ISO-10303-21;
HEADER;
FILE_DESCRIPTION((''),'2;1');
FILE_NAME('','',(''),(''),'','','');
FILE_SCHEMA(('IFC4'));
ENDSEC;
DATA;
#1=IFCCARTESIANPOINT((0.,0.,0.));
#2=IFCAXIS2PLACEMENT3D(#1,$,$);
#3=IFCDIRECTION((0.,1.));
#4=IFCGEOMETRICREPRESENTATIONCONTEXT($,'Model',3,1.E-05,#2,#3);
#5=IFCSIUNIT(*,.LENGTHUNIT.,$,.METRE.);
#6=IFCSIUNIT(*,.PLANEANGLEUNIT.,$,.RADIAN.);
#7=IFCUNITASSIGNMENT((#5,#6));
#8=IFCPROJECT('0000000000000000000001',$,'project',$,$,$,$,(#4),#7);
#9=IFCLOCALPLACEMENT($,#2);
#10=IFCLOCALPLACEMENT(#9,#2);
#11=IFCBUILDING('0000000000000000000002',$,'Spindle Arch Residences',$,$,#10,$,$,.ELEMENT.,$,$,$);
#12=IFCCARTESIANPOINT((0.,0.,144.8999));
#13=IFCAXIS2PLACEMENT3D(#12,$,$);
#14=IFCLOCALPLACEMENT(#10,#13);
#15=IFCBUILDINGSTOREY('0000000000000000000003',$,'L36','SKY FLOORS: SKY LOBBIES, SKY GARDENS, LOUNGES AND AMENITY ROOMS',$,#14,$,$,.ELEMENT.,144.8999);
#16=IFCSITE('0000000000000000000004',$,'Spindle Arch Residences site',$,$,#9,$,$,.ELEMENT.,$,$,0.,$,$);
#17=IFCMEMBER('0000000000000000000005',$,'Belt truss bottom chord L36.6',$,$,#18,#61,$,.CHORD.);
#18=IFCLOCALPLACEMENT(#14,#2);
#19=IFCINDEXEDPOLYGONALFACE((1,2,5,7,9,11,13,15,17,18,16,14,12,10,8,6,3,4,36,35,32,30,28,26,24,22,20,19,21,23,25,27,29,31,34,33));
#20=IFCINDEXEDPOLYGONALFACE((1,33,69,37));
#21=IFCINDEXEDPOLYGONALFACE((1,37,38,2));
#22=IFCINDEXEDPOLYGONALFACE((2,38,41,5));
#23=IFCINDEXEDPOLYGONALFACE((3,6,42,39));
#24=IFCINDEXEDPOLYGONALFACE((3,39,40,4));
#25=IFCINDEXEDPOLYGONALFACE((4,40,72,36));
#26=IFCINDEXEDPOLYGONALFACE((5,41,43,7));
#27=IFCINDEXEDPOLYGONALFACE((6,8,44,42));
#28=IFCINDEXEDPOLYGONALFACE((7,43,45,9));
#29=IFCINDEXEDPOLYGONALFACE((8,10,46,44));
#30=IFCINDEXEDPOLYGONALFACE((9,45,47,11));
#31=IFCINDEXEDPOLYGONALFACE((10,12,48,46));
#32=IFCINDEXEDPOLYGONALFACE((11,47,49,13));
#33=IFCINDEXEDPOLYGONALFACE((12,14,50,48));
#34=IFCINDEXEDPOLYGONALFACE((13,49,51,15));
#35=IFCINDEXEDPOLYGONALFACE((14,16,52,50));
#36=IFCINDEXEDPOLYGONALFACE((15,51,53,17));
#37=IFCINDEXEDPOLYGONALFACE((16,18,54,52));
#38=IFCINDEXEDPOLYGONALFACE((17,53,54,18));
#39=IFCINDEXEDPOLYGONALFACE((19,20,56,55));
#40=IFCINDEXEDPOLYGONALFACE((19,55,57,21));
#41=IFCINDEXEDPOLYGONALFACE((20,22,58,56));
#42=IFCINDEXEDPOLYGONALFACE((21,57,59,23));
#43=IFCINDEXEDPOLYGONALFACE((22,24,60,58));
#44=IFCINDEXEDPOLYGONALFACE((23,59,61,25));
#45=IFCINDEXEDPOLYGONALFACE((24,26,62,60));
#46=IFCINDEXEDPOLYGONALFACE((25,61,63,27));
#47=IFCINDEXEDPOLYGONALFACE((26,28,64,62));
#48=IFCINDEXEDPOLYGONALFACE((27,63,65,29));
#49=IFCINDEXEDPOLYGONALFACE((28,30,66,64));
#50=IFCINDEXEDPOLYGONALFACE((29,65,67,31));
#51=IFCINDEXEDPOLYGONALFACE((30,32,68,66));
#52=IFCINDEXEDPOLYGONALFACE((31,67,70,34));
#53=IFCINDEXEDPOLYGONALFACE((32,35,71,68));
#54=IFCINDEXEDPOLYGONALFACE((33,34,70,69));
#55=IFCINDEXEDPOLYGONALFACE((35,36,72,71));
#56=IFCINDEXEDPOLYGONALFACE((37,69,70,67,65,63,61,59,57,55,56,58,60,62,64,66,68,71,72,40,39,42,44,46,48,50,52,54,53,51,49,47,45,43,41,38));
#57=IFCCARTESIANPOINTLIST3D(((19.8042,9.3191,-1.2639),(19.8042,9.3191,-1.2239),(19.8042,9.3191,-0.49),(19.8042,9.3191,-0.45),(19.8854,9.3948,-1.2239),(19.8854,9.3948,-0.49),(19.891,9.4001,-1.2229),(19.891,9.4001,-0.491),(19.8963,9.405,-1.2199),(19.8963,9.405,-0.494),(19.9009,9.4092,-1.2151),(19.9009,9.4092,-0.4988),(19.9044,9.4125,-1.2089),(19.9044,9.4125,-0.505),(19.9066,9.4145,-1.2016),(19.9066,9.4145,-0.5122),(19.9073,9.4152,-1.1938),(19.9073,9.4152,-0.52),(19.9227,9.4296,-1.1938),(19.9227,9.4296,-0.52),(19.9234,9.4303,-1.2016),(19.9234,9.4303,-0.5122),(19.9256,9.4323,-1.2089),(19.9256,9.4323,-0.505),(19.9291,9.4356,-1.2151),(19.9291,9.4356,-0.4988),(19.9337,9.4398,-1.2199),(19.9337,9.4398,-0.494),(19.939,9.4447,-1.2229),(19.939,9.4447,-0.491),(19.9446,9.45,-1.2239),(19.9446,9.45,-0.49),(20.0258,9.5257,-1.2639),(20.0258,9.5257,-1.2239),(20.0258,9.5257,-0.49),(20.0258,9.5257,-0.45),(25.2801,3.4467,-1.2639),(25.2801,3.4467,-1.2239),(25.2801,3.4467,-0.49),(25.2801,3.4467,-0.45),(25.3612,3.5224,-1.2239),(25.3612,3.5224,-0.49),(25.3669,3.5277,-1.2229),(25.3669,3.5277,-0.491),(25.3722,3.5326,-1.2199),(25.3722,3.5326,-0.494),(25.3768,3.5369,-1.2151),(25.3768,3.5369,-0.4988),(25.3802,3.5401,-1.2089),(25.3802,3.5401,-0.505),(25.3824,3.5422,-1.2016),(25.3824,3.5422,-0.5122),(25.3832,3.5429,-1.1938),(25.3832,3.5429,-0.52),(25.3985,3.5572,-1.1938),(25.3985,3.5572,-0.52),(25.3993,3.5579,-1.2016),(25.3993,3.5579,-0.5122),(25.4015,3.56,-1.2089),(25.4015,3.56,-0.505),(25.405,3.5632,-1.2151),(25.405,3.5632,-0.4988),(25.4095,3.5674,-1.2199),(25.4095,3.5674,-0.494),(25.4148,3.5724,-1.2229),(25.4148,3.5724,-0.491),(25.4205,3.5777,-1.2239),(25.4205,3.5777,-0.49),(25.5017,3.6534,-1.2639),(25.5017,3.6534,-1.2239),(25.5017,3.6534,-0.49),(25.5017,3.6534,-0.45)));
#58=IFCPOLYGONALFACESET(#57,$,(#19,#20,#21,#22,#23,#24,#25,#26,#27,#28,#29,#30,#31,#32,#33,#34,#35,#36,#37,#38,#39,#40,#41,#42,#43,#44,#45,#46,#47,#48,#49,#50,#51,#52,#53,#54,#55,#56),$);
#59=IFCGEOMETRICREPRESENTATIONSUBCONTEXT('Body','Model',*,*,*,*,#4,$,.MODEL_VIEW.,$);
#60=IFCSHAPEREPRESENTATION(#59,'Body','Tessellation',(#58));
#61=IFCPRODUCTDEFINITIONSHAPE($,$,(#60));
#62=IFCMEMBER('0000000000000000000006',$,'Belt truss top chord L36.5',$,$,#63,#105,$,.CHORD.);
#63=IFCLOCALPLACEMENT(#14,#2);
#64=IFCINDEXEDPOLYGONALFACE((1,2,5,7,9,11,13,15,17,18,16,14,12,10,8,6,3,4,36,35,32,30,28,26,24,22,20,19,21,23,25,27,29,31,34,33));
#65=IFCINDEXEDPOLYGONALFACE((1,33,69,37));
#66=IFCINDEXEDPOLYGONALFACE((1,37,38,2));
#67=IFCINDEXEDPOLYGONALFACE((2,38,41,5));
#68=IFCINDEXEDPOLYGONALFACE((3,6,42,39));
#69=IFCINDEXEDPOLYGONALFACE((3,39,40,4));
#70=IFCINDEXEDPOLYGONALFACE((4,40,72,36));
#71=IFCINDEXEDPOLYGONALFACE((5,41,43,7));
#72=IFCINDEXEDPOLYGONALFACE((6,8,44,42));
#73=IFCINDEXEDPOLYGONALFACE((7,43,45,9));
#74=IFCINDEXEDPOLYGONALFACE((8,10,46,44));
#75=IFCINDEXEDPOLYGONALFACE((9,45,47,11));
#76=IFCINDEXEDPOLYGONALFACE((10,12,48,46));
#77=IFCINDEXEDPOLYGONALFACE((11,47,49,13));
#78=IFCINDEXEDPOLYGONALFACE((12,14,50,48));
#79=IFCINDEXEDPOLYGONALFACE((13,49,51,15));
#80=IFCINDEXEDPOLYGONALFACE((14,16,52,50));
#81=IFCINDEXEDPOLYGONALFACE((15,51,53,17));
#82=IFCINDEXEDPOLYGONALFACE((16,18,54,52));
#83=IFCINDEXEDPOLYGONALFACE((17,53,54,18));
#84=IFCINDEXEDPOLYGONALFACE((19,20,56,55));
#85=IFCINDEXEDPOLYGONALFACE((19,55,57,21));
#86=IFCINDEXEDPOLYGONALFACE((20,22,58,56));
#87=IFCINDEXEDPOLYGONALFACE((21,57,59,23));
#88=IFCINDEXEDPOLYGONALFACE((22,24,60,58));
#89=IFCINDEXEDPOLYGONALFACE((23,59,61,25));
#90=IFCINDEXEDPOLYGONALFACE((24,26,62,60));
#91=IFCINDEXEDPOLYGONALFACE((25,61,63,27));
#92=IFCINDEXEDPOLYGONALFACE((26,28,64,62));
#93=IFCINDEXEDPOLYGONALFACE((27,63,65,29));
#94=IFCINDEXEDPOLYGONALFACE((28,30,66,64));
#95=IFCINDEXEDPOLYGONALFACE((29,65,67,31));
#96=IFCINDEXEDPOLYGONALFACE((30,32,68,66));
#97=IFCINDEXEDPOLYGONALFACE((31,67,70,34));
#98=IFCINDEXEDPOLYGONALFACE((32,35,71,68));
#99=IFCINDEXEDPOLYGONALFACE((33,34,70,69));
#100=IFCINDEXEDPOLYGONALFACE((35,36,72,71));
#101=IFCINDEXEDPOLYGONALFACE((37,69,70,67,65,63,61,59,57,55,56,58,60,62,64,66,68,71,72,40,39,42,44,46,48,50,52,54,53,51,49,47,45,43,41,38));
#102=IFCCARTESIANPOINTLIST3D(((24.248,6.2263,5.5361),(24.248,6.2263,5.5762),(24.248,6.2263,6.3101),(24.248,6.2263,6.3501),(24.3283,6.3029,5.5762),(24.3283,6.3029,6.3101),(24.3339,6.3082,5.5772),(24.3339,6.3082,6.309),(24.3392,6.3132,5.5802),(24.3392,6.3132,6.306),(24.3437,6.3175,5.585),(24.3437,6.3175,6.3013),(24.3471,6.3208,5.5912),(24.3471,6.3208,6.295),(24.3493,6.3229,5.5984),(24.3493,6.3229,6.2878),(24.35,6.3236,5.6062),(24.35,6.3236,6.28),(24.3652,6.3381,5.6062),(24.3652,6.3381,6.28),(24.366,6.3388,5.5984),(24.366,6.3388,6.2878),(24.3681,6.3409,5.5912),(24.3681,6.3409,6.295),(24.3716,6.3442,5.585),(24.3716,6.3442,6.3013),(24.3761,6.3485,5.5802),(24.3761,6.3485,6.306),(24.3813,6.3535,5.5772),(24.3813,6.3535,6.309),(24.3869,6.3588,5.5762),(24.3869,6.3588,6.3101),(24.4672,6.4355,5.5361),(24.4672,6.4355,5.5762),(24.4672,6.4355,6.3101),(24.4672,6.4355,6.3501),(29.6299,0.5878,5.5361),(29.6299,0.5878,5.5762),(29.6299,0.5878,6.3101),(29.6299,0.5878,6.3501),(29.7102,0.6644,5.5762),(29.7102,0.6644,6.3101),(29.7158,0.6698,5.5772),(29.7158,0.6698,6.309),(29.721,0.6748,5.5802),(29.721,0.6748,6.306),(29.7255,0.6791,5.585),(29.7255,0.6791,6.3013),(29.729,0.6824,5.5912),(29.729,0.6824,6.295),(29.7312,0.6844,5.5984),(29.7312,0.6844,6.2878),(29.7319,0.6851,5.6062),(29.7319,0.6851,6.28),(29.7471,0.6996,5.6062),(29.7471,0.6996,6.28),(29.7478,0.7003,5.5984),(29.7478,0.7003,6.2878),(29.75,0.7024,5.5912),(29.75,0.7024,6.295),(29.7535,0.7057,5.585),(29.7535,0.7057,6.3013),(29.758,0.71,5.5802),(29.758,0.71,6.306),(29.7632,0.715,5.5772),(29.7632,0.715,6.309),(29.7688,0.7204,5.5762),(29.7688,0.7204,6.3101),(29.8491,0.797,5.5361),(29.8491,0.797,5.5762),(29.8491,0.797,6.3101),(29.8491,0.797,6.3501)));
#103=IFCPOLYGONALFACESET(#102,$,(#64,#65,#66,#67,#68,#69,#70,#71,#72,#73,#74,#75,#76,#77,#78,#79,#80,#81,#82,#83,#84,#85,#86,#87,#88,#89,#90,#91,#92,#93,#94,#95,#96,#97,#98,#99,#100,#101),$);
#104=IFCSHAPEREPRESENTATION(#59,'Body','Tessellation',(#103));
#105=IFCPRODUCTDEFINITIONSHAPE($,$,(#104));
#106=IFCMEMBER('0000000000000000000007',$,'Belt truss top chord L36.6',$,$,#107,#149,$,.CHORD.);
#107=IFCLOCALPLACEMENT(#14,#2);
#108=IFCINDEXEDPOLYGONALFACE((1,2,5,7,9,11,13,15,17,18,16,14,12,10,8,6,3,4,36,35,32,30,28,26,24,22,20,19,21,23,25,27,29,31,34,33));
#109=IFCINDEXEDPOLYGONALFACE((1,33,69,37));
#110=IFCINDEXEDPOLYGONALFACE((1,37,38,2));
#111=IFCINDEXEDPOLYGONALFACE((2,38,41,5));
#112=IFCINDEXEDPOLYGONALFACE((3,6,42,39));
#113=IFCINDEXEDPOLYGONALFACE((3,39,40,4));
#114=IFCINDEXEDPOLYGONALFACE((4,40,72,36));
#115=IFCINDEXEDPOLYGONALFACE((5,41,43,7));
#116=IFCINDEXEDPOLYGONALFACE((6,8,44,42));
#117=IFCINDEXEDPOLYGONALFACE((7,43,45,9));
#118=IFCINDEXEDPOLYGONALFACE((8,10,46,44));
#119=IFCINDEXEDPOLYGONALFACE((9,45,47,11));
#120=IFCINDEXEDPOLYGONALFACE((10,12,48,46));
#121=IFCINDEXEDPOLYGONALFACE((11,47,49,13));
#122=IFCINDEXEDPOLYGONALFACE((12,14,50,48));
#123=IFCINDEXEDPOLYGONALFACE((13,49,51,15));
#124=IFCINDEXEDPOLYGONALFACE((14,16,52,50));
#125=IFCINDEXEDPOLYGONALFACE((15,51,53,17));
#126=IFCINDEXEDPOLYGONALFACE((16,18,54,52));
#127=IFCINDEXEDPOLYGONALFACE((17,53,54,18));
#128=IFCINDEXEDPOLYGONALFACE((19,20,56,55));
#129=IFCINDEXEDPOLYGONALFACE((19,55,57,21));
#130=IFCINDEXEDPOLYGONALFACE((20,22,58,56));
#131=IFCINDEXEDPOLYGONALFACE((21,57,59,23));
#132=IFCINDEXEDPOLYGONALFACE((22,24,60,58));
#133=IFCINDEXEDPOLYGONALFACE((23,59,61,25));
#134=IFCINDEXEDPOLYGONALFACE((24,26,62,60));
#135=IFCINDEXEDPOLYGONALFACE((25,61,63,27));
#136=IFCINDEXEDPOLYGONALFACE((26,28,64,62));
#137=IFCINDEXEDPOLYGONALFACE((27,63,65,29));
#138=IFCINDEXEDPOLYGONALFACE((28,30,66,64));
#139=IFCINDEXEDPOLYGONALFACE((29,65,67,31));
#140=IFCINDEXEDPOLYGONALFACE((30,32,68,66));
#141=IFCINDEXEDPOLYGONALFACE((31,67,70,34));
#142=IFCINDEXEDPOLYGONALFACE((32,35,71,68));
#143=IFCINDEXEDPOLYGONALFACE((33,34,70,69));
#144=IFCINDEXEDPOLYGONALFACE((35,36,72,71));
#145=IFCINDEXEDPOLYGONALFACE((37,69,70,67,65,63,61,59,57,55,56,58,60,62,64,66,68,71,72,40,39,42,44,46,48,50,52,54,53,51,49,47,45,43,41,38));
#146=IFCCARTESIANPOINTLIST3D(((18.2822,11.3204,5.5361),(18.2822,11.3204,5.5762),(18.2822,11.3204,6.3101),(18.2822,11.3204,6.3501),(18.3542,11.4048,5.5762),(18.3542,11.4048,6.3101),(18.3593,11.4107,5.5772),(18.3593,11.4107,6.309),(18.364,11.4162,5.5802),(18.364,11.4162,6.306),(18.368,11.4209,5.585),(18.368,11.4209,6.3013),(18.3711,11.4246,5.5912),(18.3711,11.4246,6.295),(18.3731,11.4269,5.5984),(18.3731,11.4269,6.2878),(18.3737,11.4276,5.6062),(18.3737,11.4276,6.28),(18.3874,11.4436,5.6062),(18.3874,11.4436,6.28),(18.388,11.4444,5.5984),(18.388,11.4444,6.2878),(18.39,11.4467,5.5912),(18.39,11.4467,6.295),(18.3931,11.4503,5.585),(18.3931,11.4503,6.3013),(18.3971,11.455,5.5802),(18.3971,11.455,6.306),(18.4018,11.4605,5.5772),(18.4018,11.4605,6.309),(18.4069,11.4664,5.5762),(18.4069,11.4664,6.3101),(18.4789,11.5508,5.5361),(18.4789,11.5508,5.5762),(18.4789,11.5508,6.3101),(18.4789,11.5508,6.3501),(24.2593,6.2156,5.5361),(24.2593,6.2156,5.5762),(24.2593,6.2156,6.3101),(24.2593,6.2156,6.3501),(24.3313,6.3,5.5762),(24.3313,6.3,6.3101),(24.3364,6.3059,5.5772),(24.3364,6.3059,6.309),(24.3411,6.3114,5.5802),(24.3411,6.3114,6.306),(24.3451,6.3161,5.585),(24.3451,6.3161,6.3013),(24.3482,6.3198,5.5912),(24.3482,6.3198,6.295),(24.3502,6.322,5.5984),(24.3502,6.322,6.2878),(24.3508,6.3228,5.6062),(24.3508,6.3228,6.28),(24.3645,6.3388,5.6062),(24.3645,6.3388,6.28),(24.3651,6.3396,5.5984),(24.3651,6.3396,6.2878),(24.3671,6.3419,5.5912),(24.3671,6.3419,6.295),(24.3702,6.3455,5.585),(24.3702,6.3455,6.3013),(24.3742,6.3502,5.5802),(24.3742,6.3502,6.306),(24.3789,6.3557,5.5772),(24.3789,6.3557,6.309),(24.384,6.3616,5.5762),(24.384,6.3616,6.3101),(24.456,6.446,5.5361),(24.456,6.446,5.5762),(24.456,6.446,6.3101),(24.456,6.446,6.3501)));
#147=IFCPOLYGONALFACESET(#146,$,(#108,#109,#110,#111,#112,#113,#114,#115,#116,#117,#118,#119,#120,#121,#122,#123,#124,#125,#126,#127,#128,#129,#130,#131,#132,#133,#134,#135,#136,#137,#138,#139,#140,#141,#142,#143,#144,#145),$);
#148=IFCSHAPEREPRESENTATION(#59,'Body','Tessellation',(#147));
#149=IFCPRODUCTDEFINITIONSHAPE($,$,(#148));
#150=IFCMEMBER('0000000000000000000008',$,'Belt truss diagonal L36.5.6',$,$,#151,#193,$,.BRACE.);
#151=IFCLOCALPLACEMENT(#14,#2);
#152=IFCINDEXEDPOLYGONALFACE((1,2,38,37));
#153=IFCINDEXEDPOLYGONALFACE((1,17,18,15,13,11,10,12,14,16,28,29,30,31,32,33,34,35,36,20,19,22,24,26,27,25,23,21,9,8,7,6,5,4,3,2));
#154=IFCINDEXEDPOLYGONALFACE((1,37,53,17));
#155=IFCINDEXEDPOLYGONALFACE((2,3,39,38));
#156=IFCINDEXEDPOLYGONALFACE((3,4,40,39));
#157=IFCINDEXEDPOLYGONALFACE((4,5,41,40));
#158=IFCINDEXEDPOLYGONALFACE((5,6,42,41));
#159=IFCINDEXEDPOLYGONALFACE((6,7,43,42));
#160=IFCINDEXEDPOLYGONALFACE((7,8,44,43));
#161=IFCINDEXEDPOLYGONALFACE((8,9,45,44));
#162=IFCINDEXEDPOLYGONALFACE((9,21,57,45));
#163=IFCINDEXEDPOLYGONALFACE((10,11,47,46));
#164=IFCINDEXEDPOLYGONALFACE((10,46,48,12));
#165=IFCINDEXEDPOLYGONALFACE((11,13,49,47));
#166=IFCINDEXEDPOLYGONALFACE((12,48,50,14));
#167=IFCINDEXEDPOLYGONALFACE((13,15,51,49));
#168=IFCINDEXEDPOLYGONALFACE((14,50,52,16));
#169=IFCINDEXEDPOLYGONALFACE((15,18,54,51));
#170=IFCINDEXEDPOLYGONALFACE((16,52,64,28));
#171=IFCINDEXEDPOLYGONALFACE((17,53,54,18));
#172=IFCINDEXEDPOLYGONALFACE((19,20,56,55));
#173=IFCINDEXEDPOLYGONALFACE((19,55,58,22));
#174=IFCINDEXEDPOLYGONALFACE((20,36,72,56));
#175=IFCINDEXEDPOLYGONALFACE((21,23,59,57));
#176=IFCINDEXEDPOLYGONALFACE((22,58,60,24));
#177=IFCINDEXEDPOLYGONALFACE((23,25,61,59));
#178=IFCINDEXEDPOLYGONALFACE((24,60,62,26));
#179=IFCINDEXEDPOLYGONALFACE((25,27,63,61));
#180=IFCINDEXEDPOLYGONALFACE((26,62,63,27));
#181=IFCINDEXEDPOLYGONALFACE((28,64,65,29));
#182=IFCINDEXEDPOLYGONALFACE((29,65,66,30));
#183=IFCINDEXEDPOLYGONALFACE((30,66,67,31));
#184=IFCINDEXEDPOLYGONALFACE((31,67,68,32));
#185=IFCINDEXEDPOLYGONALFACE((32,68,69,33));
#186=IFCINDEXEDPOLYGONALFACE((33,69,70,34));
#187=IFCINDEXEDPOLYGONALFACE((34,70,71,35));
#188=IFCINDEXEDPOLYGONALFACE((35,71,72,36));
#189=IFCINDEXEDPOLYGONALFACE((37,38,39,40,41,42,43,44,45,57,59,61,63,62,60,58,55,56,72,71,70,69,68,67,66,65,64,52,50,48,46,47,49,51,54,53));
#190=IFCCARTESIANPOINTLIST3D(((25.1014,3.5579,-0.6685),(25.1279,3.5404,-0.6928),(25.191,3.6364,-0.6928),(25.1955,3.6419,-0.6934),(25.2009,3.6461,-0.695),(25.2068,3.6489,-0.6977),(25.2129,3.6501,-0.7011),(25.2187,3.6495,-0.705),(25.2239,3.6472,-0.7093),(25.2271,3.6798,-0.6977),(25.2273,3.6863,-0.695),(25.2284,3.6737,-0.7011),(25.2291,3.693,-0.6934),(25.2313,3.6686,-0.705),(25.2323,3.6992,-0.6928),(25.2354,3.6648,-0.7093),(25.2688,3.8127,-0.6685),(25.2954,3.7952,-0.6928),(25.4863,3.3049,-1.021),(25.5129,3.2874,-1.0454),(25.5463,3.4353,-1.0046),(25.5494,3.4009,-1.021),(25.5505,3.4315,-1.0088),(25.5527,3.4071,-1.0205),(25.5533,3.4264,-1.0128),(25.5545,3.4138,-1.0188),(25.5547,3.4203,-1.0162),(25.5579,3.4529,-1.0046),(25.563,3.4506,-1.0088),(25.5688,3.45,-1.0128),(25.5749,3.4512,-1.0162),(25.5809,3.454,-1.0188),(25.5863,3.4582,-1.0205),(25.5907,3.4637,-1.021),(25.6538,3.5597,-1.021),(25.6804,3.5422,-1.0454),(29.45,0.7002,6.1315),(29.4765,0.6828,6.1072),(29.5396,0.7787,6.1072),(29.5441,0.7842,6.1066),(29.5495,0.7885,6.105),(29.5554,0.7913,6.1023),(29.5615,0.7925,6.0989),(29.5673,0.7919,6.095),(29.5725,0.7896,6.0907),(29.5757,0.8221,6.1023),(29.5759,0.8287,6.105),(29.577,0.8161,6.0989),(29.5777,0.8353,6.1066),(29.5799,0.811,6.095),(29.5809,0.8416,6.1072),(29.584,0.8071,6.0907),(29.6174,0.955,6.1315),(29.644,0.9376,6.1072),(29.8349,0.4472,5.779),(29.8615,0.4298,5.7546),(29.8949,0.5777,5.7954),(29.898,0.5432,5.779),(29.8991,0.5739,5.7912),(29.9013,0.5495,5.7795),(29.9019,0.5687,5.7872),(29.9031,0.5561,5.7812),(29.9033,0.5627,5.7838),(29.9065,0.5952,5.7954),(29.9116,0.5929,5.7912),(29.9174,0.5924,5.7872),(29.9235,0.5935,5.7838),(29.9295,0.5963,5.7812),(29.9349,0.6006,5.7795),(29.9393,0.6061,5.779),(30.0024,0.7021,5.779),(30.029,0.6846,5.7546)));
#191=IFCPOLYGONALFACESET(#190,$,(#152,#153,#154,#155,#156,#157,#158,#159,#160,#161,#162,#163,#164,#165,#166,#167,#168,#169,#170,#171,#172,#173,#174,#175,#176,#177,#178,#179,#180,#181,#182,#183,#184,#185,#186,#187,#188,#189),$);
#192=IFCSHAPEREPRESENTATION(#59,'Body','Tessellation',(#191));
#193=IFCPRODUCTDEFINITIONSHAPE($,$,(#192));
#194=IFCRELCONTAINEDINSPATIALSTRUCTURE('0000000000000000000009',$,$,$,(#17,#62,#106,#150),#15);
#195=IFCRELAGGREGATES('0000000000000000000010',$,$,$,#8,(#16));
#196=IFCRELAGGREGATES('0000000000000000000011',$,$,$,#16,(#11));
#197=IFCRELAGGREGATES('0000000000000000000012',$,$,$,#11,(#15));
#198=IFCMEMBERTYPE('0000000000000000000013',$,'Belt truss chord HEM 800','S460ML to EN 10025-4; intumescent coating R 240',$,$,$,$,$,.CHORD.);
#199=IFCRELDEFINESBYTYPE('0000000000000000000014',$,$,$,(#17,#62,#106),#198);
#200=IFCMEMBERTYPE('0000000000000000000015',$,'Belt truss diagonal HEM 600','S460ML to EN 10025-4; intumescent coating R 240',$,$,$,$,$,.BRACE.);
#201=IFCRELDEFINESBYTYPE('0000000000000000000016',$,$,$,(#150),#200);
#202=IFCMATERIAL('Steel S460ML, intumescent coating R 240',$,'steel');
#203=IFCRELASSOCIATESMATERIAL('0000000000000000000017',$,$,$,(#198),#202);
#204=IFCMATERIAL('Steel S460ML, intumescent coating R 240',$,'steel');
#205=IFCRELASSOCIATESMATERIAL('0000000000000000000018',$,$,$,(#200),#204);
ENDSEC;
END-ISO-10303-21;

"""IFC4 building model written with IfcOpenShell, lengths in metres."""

from ifc_helpers import new_model, si_unit, direction, frame, origin, origin_2d, place, context, subcontext, project, spatial, i_section, extrude, material, material_profile, profile_set, type_object, element, save


model = new_model("IFC4")

# Units and contexts
model_context = context("Model", 3, precision=1e-05, world=origin(), true_north=direction((0.0, 1.0)))
body_context = subcontext(model_context, "Body", "Model", "MODEL_VIEW")
ifc_project = project(units=[si_unit("LENGTHUNIT", "METRE"), si_unit("PLANEANGLEUNIT", "RADIAN")], contexts=[model_context])

# Site, building, storey
site_placement = place(None, origin())
site = spatial("IfcSite", under=ifc_project, at=site_placement, Name="Spindle Arch Residences site", CompositionType="ELEMENT", RefElevation=0.0)
building_placement = place(site_placement, origin())
building = spatial("IfcBuilding", under=site, at=building_placement, Name="Spindle Arch Residences", CompositionType="ELEMENT")
storey_placement = place(building_placement, frame((0.0, 0.0, 144.8999)))
storey = spatial("IfcBuildingStorey", under=building, at=storey_placement, Name="L36", Description="SKY FLOORS: SKY LOBBIES, SKY GARDENS, LOUNGES AND AMENITY ROOMS", CompositionType="ELEMENT", Elevation=144.8999)

# Members
ifc_material_1 = material(Name="Steel S460ML, intumescent coating R 240", Category="steel")
ifc_material_profile_1 = material_profile(ifc_material_1, i_section(OverallWidth=0.303, OverallDepth=0.814, WebThickness=0.021, FlangeThickness=0.04, FilletRadius=0.03, at=origin_2d()), Name="HEM 800")
ifc_profile_set_1 = profile_set([ifc_material_profile_1], Name="Steel S460ML, intumescent coating R 240")
member_type_1 = type_object("IfcMemberType", Name="Belt truss chord HEM 800", Description="S460ML to EN 10025-4; intumescent coating R 240", PredefinedType="CHORD", material=ifc_profile_set_1)
member_1_placement = place(storey_placement, frame((25.3909, 3.55, -0.8569), z_axis=(-0.681986, 0.731366, 0.0), x_axis=(-0.731366, -0.681986, 0.0)))
element("IfcMember", 1, at=member_1_placement, inside=storey, type_object=member_type_1, Name="Belt truss bottom chord L36.6", PredefinedType="CHORD", context=body_context, shape_type="SweptSolid", body=[
    extrude(i_section(OverallWidth=0.303, OverallDepth=0.814, WebThickness=0.021, FlangeThickness=0.04, FilletRadius=0.03, at=origin_2d()), origin(), (0.0, 0.0, 1.0), 8.0293),
])
member_2_placement = place(storey_placement, frame((29.7395, 0.6924, 5.9431), z_axis=(-0.690456, 0.723375, 0.0), x_axis=(-0.723375, -0.690456, 0.0)))
element("IfcMember", 2, at=member_2_placement, inside=storey, type_object=member_type_1, Name="Belt truss top chord L36.5", PredefinedType="CHORD", context=body_context, shape_type="SweptSolid", body=[
    extrude(i_section(OverallWidth=0.303, OverallDepth=0.814, WebThickness=0.021, FlangeThickness=0.04, FilletRadius=0.03, at=origin_2d()), origin(), (0.0, 0.0, 1.0), 7.7947),
])
member_3_placement = place(storey_placement, frame((24.3577, 6.3308, 5.9431), z_axis=(-0.760415, 0.649437, 0.0), x_axis=(-0.649437, -0.760415, 0.0)))
element("IfcMember", 3, at=member_3_placement, inside=storey, type_object=member_type_1, Name="Belt truss top chord L36.6", PredefinedType="CHORD", context=body_context, shape_type="SweptSolid", body=[
    extrude(i_section(OverallWidth=0.303, OverallDepth=0.814, WebThickness=0.021, FlangeThickness=0.04, FilletRadius=0.03, at=origin_2d()), origin(), (0.0, 0.0, 1.0), 7.8604),
])
ifc_material_2 = material(Name="Steel S460ML, intumescent coating R 240", Category="steel")
ifc_material_profile_2 = material_profile(ifc_material_2, i_section(OverallWidth=0.3049, OverallDepth=0.6201, WebThickness=0.021, FlangeThickness=0.04, FilletRadius=0.0271, at=origin_2d()), Name="HEM 600")
ifc_profile_set_2 = profile_set([ifc_material_profile_2], Name="Steel S460ML, intumescent coating R 240")
member_type_2 = type_object("IfcMemberType", Name="Belt truss diagonal HEM 600", Description="S460ML to EN 10025-4; intumescent coating R 240", PredefinedType="BRACE", material=ifc_profile_set_2)
member_4_placement = place(storey_placement, frame((25.3909, 3.55, -0.8569), z_axis=(0.507866, -0.333739, 0.79416), x_axis=(0.549177, 0.835706, 0.0)))
element("IfcMember", 4, at=member_4_placement, inside=storey, type_object=member_type_2, Name="Belt truss diagonal L36.5.6", PredefinedType="BRACE", context=body_context, shape_type="SweptSolid", body=[
    extrude(i_section(OverallWidth=0.3049, OverallDepth=0.6201, WebThickness=0.021, FlangeThickness=0.04, FilletRadius=0.0271, at=origin_2d()), origin(), (0.0, 0.0, 1.0), 8.5625),
])

save(model, "model.ifc")
